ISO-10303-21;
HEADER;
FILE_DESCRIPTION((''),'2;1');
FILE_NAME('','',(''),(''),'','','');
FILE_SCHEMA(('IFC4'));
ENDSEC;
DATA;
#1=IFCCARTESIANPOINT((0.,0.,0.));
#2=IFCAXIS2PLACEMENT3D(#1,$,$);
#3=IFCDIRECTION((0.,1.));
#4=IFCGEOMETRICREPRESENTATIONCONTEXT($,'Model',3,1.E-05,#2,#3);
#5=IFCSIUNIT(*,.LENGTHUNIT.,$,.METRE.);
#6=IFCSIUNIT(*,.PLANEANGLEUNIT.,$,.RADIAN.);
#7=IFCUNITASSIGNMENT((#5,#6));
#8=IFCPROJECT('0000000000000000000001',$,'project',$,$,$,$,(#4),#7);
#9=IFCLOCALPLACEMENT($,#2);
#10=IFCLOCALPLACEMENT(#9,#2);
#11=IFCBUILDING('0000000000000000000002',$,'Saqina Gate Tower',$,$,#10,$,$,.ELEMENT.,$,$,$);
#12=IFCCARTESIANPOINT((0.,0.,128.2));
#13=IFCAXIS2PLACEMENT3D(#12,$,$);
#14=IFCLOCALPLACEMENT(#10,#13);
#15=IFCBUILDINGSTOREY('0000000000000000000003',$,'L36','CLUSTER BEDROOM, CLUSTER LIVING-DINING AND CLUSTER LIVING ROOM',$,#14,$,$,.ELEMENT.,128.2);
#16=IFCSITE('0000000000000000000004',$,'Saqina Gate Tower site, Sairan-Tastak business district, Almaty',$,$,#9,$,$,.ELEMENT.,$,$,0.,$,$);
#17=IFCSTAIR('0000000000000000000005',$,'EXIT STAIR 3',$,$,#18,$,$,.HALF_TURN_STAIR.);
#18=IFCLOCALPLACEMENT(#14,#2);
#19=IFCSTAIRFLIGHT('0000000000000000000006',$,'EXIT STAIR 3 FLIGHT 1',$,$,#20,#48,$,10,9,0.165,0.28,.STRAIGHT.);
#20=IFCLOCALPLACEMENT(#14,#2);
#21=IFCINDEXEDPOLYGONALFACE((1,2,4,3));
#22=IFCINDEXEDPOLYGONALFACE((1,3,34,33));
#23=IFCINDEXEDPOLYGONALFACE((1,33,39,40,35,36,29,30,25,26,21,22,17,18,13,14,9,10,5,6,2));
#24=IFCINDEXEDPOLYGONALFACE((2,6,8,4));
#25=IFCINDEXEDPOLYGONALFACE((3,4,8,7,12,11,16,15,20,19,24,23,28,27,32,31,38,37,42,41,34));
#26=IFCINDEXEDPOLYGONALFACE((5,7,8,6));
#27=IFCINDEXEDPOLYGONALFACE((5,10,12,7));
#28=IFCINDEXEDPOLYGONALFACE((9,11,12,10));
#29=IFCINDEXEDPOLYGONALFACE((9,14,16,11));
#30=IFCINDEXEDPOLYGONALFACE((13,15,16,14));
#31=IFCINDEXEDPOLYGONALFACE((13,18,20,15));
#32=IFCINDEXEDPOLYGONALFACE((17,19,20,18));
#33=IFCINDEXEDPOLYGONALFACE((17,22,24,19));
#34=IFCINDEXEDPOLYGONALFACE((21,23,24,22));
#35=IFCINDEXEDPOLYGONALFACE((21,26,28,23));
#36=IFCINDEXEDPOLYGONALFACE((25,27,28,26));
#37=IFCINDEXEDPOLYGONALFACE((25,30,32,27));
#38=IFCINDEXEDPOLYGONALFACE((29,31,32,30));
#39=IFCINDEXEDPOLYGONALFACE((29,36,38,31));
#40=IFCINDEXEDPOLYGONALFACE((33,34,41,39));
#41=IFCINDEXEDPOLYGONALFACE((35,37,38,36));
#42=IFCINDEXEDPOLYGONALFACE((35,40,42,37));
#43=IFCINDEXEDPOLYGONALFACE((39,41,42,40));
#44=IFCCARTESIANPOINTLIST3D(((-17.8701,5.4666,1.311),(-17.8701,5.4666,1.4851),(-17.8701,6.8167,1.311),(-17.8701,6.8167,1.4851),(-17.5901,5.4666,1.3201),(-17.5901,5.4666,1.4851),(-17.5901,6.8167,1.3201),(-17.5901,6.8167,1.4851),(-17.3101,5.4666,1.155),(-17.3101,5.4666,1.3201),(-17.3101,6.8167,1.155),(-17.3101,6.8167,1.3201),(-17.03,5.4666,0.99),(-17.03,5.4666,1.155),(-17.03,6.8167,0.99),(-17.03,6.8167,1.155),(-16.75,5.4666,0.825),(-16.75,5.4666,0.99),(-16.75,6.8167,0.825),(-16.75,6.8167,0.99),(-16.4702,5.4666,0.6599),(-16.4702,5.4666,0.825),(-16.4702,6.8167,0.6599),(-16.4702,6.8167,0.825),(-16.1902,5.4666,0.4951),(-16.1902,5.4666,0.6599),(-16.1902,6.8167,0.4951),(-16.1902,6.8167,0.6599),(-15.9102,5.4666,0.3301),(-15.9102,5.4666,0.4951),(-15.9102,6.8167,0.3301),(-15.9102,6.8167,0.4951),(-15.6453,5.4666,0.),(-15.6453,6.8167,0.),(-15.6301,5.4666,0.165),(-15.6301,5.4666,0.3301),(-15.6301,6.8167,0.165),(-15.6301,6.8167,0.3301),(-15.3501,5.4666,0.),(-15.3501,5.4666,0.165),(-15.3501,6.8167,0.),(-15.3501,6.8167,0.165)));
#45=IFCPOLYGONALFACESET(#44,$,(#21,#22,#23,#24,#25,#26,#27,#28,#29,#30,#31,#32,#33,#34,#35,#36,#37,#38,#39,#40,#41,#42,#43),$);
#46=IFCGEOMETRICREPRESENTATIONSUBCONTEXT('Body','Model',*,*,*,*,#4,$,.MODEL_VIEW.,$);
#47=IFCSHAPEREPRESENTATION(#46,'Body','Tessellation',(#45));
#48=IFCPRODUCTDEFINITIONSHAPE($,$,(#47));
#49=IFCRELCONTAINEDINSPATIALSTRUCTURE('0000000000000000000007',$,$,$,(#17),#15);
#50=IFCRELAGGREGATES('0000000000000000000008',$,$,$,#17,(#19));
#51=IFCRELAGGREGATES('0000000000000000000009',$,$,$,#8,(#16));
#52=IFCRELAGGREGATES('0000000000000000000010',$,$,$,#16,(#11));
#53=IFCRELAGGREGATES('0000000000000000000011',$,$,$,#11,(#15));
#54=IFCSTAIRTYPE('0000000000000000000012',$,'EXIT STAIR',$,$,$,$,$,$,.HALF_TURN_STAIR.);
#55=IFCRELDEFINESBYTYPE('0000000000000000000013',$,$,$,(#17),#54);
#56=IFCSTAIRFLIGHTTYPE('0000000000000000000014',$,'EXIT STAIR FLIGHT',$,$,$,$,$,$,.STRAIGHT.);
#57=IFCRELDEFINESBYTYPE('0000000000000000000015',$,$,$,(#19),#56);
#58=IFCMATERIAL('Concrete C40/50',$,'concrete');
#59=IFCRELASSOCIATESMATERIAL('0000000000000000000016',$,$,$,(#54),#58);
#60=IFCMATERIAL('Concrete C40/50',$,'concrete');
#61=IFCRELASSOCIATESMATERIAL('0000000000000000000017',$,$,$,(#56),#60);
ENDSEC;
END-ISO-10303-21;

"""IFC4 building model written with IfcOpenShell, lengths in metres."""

from ifc_helpers import new_model, si_unit, direction, frame, origin, place, context, subcontext, project, spatial, polyline, outline, extrude, material, type_object, element, aggregate, save


model = new_model("IFC4")

# Units and contexts
model_context = context("Model", 3, precision=1e-05, world=origin(), true_north=direction((0.0, 1.0)))
body_context = subcontext(model_context, "Body", "Model", "MODEL_VIEW")
ifc_project = project(units=[si_unit("LENGTHUNIT", "METRE"), si_unit("PLANEANGLEUNIT", "RADIAN")], contexts=[model_context])

# Site, building, storey
site_placement = place(None, origin())
site = spatial("IfcSite", under=ifc_project, at=site_placement, Name="Saqina Gate Tower site, Sairan-Tastak business district, Almaty", CompositionType="ELEMENT", RefElevation=0.0)
building_placement = place(site_placement, origin())
building = spatial("IfcBuilding", under=site, at=building_placement, Name="Saqina Gate Tower", CompositionType="ELEMENT")
storey_placement = place(building_placement, frame((0.0, 0.0, 128.2)))
storey = spatial("IfcBuildingStorey", under=building, at=storey_placement, Name="L36", Description="CLUSTER BEDROOM, CLUSTER LIVING-DINING AND CLUSTER LIVING ROOM", CompositionType="ELEMENT", Elevation=128.2)

# Stair, stair flight
ifc_material_1 = material(Name="Concrete C40/50", Category="concrete")
stair_type = type_object("IfcStairType", Name="EXIT STAIR", PredefinedType="HALF_TURN_STAIR", material=ifc_material_1)
stair_placement = place(storey_placement, origin())
stair = element("IfcStair", 1, at=stair_placement, inside=storey, type_object=stair_type, Name="EXIT STAIR 3", PredefinedType="HALF_TURN_STAIR")
ifc_material_2 = material(Name="Concrete C40/50", Category="concrete")
stair_flight_type = type_object("IfcStairFlightType", Name="EXIT STAIR FLIGHT", PredefinedType="STRAIGHT", material=ifc_material_2)
stair_flight_placement = place(storey_placement, frame((-15.3501, 6.1416, 0.0), z_axis=(0.0, 0.0, 1.0), x_axis=(-1.0, 0.0, 0.0)))
stair_flight = element("IfcStairFlight", 2, at=stair_flight_placement, type_object=stair_flight_type, Name="EXIT STAIR 3 FLIGHT 1", NumberOfRisers=10, NumberOfTreads=9, PredefinedType="STRAIGHT", RiserHeight=0.165, TreadLength=0.28, context=body_context, shape_type="SweptSolid", body=[
    extrude(outline(polyline([(0.0, 0.0), (0.0, 0.165), (0.28, 0.165), (0.28, 0.3301), (0.5601, 0.3301), (0.5601, 0.4951), (0.8401, 0.4951), (0.8401, 0.6599), (1.1201, 0.6599), (1.1201, 0.825), (1.3999, 0.825), (1.3999, 0.99), (1.6799, 0.99), (1.6799, 1.155), (1.96, 1.155), (1.96, 1.3201), (2.24, 1.3201), (2.24, 1.4851), (2.52, 1.4851), (2.52, 1.6499), (2.52, 1.311), (0.2952, 0.0), (0.0, 0.0)])), frame((0.0, 0.675, 0.0), z_axis=(0.0, -1.0, 0.0), x_axis=(1.0, 0.0, 0.0)), (0.0, 0.0, 1.0), 1.3501),
])
aggregate(stair, [stair_flight])

save(model, "model.ifc")
